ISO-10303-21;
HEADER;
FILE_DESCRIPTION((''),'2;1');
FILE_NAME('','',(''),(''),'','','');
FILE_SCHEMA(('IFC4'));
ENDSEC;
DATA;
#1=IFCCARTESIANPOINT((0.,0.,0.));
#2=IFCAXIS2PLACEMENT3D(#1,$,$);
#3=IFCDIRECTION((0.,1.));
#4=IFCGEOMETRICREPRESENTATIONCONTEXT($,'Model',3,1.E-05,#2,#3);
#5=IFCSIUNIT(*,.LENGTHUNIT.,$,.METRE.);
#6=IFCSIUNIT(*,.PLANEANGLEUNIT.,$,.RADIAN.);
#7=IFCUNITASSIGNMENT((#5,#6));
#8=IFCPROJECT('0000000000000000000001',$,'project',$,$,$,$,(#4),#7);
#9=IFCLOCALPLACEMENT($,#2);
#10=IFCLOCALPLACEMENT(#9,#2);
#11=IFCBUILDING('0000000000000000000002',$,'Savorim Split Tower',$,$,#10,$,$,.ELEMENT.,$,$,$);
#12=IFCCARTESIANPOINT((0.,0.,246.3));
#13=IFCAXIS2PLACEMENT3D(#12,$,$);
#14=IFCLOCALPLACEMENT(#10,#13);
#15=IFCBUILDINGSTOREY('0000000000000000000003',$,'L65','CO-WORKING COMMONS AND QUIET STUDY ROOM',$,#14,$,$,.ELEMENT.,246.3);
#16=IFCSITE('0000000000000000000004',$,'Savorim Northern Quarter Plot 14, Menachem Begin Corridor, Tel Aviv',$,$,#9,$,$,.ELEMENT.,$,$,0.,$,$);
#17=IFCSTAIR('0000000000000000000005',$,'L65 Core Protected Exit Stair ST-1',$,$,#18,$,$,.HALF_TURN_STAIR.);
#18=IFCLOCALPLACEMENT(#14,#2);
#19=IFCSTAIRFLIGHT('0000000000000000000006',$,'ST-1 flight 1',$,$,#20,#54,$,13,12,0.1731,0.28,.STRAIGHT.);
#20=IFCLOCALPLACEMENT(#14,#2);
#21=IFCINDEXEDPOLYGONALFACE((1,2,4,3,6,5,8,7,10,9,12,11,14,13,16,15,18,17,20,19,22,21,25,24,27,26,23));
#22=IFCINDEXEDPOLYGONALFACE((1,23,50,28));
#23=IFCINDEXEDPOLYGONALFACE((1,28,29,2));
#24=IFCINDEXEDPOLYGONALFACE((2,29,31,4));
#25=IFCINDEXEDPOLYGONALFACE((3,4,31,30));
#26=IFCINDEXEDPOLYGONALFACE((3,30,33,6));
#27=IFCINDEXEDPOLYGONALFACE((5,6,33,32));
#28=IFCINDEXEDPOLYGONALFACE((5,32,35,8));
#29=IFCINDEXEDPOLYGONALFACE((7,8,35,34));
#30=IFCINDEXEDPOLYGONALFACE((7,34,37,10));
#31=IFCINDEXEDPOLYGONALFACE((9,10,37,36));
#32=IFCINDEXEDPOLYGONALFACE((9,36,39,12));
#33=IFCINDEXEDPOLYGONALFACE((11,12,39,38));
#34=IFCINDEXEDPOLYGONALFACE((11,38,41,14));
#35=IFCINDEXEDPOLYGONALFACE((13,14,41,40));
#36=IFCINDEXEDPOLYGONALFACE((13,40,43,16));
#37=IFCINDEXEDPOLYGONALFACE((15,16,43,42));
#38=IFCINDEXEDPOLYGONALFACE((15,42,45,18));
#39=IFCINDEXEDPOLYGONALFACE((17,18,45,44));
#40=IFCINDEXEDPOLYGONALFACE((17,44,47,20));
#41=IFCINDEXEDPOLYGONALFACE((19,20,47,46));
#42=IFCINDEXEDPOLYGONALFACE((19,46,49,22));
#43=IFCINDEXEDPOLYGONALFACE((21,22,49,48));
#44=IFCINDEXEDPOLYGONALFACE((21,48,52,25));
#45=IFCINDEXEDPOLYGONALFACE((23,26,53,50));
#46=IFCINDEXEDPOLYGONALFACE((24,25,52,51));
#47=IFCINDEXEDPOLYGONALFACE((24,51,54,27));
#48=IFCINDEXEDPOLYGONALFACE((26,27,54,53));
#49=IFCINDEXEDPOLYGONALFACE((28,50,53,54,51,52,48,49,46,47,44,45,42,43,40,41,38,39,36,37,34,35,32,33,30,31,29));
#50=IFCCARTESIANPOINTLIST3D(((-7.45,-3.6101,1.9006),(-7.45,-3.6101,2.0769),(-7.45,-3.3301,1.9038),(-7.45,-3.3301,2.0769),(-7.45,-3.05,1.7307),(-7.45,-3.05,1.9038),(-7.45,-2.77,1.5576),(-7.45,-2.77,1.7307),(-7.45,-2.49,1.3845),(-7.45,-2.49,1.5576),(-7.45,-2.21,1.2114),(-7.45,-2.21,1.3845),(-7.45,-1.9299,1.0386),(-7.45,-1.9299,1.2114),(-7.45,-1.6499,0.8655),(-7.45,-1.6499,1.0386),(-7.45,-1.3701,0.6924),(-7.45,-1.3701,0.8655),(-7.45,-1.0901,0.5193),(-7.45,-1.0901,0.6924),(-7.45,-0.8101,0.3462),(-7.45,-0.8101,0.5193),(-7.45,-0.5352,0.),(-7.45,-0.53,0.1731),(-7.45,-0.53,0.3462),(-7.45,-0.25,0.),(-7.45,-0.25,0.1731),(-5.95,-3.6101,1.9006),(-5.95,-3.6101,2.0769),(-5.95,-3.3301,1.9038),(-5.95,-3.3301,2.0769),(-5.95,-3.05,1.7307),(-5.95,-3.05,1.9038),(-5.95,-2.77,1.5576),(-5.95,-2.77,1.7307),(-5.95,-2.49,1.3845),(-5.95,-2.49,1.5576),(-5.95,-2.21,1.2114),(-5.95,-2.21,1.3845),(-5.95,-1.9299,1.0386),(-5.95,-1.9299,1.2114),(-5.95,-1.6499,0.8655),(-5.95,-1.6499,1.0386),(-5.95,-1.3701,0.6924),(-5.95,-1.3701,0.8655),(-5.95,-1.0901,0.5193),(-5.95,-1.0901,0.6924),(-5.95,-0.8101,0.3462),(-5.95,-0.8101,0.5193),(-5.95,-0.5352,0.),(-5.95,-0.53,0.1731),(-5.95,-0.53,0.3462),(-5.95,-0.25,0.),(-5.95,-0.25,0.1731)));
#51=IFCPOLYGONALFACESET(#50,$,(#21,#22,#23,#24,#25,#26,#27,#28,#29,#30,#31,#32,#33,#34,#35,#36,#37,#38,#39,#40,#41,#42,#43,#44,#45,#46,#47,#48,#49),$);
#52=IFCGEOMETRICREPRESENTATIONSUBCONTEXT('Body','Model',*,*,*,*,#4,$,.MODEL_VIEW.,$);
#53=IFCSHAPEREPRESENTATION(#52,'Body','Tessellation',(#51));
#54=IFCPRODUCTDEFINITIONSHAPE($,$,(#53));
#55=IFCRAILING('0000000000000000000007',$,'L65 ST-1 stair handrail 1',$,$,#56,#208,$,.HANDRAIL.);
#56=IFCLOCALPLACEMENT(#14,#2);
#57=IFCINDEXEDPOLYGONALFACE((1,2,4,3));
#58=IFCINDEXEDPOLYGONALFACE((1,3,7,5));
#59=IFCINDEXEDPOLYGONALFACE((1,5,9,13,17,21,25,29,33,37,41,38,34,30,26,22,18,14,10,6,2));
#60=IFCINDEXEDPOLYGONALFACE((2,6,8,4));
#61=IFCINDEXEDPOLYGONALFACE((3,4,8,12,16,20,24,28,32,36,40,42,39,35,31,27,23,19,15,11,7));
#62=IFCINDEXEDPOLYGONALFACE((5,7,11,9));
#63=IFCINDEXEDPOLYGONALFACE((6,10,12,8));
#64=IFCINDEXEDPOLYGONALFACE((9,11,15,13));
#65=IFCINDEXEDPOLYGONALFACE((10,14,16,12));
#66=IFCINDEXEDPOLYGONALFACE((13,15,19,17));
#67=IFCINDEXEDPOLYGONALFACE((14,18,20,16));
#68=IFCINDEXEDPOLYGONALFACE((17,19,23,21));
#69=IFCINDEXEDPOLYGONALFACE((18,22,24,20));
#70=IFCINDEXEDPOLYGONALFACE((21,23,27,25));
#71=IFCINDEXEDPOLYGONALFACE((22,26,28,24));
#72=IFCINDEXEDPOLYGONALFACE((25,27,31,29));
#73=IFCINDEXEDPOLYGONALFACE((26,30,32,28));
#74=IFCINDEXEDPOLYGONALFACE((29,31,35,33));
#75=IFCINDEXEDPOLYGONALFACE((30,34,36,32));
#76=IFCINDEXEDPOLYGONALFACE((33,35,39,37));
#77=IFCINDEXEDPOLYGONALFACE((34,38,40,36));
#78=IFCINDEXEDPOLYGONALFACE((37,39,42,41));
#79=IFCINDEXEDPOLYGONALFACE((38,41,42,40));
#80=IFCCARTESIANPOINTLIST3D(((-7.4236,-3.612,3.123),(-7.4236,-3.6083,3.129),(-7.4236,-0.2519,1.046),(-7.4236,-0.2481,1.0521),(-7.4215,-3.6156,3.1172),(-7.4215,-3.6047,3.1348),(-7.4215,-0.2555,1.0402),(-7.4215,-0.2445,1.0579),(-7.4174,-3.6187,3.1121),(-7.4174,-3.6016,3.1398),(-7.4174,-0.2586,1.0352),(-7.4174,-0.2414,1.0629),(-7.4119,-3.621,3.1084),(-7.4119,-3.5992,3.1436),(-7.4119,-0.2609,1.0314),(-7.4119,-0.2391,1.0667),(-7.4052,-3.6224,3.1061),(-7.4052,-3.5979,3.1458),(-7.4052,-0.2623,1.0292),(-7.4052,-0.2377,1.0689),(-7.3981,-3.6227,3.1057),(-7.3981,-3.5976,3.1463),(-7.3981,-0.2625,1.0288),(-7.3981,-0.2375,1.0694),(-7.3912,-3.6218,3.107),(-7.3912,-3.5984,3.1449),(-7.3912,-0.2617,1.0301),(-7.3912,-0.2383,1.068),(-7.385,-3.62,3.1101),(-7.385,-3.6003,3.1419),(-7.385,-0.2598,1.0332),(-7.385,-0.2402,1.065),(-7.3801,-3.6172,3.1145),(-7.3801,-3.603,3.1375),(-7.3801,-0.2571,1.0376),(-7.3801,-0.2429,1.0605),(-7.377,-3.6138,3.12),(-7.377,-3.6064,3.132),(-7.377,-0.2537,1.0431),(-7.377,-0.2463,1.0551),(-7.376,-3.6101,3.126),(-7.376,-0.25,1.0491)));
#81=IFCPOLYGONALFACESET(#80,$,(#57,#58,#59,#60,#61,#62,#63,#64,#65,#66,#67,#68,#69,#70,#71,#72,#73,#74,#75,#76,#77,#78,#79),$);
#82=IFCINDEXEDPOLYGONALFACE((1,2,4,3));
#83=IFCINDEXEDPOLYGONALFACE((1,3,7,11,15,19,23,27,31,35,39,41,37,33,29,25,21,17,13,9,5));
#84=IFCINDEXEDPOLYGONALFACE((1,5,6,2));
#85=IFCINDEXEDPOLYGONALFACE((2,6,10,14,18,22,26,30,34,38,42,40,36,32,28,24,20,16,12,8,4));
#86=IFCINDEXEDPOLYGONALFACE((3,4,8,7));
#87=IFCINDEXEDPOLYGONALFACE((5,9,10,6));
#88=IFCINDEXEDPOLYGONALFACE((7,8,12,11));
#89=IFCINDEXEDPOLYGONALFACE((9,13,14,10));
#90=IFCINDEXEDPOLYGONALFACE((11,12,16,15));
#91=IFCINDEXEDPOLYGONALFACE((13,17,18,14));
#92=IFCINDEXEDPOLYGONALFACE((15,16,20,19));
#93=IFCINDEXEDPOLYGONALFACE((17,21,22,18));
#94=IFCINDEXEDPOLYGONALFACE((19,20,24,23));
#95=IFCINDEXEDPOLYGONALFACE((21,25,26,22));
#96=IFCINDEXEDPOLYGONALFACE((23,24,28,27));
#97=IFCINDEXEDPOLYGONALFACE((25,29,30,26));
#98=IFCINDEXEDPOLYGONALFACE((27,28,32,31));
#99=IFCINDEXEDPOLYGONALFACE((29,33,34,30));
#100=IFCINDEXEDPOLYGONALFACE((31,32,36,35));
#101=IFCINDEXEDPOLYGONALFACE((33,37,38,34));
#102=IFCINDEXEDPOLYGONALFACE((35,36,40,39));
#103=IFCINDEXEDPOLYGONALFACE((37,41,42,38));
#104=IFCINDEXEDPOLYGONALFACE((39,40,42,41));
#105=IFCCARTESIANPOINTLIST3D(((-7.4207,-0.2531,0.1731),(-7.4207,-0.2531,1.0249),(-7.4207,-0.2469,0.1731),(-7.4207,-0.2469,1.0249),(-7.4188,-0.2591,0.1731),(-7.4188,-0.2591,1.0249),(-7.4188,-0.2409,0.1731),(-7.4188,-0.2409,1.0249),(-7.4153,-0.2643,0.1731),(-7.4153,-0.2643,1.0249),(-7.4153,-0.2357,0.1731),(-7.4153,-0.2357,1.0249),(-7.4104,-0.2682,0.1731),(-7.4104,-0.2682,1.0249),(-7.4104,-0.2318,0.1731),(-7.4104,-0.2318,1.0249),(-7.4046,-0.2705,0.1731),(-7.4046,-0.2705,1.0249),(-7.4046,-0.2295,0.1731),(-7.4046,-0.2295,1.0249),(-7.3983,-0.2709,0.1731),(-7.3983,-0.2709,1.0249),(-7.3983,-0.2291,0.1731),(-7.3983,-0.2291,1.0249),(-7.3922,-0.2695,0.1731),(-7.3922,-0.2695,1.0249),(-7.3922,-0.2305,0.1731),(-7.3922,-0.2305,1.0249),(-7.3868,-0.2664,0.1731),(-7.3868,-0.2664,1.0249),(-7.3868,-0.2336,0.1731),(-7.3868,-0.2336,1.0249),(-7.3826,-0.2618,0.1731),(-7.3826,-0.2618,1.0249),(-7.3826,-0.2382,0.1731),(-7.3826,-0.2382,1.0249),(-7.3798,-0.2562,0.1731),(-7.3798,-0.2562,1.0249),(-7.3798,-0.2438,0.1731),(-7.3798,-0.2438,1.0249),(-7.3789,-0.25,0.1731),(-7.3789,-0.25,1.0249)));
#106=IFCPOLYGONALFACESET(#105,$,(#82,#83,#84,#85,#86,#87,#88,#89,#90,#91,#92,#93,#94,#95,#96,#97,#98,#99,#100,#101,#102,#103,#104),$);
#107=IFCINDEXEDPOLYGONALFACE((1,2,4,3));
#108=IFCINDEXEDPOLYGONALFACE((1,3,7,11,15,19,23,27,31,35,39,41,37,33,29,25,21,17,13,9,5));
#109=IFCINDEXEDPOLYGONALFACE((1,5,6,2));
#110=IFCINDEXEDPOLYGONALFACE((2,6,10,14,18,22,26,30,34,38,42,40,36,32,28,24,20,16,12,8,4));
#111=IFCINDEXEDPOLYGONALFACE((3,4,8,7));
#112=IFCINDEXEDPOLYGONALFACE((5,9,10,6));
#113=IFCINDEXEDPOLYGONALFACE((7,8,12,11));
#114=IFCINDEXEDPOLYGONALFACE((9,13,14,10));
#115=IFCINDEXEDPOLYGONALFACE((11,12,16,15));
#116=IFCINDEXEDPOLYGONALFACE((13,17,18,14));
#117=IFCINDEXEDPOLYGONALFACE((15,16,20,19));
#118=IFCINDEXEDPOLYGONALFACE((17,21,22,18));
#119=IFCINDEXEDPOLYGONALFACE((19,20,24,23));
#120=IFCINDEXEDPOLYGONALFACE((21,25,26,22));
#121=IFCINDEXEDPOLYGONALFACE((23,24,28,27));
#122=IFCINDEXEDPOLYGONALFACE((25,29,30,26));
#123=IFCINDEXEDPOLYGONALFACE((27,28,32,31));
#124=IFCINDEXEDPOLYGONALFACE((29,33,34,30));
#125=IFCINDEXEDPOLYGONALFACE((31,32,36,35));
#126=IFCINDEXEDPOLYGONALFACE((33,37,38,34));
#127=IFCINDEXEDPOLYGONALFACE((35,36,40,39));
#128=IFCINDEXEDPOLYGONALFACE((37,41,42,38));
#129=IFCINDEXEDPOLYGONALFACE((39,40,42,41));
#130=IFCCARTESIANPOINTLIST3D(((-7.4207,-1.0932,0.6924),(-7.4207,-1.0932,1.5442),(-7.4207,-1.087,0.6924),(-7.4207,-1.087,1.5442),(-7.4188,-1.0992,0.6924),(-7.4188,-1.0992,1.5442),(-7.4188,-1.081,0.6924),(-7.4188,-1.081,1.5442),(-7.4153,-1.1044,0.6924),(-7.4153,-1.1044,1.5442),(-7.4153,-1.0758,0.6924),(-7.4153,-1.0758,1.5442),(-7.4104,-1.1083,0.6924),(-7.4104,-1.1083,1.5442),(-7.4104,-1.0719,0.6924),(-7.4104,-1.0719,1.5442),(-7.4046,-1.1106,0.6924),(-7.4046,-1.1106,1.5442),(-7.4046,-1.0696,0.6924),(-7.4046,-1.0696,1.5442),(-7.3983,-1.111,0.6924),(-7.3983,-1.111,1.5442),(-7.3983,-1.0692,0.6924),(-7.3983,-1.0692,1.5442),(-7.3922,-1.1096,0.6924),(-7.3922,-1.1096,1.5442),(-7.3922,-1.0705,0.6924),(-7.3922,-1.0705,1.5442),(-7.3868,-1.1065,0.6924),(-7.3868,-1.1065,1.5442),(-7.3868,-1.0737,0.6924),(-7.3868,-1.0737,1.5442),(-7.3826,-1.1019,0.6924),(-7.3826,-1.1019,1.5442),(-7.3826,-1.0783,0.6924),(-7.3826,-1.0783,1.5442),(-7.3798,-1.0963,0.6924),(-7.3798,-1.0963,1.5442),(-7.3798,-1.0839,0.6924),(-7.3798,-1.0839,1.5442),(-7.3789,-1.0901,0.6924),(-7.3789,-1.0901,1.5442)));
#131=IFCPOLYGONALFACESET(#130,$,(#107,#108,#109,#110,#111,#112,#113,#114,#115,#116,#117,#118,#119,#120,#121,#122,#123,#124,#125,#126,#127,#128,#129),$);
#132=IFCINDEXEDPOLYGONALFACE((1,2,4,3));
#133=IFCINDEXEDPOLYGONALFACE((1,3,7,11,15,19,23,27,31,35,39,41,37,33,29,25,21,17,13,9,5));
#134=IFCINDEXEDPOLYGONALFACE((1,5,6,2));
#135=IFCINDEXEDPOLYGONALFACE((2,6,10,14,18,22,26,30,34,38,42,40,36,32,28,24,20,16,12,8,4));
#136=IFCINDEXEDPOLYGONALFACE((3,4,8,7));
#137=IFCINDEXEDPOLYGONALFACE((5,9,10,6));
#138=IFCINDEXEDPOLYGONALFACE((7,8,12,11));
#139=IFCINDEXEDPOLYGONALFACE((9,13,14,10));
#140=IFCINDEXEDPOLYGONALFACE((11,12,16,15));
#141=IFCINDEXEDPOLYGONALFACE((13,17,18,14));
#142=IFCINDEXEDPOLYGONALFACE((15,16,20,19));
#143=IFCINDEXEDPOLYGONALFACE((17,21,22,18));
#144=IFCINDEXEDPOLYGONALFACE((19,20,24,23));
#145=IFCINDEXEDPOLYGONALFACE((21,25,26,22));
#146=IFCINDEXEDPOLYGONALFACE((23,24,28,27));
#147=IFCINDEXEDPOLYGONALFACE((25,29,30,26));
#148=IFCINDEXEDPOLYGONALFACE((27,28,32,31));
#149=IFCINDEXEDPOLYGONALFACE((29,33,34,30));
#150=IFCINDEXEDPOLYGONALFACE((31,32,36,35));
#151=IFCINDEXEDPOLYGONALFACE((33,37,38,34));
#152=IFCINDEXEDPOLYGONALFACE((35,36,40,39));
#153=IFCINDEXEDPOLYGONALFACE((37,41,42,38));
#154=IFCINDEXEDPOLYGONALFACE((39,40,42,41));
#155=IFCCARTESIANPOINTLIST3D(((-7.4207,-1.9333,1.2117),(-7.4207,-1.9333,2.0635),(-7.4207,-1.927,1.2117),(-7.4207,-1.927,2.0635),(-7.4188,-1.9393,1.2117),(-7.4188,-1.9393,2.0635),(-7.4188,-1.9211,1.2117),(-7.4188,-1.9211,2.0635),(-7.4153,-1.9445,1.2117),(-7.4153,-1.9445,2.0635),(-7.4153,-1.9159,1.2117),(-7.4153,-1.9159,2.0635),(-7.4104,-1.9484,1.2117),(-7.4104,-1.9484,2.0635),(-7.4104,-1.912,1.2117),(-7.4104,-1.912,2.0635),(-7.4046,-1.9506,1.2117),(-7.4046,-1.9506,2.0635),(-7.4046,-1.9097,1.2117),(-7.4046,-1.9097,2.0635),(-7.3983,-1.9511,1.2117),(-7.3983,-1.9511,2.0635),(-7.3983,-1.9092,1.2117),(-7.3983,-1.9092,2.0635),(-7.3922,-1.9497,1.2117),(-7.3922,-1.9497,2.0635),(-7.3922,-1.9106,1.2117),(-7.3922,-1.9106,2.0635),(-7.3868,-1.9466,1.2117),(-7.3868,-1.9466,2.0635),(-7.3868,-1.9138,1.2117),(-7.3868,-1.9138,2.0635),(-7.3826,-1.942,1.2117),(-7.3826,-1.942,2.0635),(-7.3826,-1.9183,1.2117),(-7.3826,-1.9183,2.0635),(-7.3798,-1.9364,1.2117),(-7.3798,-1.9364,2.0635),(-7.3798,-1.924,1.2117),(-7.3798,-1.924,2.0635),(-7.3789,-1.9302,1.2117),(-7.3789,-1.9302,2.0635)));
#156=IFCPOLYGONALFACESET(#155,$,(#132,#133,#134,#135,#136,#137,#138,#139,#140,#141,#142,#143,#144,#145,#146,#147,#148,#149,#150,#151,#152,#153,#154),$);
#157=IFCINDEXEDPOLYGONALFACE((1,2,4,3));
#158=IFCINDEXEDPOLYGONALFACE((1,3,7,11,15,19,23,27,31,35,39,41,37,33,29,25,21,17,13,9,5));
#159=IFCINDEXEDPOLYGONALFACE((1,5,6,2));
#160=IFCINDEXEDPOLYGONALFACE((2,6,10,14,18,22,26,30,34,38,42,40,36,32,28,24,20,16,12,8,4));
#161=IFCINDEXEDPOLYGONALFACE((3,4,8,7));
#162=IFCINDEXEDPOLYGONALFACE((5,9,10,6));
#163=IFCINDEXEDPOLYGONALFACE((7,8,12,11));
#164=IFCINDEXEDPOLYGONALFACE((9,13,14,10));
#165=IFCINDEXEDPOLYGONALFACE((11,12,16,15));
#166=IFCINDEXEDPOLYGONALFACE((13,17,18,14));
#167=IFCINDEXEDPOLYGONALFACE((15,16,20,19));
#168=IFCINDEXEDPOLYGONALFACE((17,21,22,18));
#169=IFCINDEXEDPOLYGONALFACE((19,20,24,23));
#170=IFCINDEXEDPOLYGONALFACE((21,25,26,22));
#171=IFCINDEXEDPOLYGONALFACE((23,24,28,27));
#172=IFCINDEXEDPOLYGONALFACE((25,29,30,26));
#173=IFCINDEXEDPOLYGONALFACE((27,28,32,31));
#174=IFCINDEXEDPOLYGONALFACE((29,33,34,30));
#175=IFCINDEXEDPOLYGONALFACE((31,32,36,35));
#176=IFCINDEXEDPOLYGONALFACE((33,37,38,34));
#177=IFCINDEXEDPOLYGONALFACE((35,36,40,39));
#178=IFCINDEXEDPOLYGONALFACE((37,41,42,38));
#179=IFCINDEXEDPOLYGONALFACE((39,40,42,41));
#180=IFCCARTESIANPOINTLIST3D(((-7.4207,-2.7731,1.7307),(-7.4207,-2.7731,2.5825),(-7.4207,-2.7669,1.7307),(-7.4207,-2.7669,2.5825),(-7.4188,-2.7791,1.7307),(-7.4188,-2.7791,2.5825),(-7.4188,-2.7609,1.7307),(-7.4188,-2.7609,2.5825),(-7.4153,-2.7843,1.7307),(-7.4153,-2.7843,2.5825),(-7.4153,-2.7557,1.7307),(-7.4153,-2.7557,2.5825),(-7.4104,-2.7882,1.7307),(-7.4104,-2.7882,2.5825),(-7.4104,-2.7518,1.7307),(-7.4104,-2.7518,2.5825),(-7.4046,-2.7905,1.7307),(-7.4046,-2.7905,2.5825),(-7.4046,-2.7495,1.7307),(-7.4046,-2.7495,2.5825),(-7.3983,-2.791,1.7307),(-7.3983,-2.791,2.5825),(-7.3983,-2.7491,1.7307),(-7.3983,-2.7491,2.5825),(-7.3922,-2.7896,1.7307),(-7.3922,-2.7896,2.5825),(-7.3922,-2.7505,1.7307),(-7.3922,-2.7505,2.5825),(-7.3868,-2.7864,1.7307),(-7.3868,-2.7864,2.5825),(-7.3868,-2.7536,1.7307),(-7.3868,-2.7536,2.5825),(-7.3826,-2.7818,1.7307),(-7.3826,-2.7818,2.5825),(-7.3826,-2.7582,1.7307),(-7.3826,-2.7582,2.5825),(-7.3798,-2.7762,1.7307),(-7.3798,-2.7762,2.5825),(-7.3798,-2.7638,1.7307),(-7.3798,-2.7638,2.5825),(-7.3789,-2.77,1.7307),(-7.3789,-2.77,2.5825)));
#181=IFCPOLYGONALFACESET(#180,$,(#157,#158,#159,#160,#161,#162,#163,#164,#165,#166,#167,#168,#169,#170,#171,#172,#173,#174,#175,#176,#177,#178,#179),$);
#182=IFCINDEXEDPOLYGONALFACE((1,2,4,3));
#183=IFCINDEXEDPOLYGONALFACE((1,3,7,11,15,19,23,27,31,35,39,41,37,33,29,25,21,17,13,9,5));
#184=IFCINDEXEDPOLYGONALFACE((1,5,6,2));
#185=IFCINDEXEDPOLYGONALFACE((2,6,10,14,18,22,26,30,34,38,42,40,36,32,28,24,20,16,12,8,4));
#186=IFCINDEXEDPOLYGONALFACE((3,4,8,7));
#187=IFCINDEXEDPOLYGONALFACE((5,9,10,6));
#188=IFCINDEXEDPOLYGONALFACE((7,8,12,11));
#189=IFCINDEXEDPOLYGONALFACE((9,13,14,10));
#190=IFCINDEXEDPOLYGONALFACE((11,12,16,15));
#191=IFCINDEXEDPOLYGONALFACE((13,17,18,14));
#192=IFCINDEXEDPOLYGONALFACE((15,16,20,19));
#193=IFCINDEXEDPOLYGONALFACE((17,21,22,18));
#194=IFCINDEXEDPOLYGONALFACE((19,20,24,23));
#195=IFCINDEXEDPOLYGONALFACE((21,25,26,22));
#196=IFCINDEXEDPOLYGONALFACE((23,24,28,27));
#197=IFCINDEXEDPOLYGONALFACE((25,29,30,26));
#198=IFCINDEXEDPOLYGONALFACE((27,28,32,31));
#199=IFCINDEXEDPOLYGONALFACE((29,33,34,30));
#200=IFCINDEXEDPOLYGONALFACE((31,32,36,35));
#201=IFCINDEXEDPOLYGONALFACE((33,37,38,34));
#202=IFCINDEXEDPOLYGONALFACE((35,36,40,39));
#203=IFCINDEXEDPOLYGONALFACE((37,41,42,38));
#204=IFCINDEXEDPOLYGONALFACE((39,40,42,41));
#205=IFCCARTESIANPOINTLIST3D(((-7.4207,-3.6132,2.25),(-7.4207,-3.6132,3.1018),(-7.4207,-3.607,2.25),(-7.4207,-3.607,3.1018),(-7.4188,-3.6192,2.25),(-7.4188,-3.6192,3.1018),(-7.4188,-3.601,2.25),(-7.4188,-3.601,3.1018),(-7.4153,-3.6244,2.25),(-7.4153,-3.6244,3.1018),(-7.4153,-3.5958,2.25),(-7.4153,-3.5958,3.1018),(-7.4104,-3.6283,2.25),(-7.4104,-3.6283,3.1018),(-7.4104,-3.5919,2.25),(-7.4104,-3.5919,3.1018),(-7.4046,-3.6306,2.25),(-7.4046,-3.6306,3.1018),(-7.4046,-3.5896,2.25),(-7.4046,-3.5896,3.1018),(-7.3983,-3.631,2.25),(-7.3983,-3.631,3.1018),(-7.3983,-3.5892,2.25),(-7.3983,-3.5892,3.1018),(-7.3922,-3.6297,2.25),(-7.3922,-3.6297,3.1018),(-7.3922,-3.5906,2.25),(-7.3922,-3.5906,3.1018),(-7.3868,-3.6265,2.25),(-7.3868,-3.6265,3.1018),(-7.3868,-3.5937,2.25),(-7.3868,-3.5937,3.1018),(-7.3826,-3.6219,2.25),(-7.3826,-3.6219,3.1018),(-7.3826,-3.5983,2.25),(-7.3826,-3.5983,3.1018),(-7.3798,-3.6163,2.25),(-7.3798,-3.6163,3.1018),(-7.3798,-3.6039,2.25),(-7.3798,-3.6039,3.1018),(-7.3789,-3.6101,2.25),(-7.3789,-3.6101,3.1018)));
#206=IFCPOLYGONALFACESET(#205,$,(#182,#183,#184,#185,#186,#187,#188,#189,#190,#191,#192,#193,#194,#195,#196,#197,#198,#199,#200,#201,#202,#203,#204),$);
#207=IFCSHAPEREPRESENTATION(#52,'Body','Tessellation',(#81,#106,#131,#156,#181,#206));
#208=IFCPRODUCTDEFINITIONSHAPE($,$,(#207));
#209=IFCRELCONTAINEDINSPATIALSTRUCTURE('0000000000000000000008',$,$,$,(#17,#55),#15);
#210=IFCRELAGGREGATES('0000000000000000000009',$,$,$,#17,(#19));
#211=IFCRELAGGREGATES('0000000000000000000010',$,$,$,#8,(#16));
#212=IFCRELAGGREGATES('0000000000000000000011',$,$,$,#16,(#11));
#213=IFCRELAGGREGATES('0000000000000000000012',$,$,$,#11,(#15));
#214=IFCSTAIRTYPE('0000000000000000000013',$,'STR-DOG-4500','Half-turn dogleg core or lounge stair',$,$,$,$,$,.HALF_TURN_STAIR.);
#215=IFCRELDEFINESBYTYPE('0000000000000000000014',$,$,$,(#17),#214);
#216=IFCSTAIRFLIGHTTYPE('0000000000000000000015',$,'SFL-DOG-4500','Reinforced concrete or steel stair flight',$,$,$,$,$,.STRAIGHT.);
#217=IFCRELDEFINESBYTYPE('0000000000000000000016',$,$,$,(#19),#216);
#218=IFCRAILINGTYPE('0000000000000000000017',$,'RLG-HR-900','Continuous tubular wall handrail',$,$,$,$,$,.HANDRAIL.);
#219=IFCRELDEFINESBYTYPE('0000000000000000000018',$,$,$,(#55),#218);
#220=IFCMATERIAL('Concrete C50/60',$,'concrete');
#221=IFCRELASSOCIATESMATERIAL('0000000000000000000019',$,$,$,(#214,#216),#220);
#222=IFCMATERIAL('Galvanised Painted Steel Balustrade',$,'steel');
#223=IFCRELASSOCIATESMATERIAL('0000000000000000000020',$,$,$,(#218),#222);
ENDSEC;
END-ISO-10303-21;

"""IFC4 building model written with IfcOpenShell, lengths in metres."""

from ifc_helpers import new_model, si_unit, direction, frame, origin, origin_2d, place, context, subcontext, project, spatial, polyline, circle, outline, extrude, material, type_object, element, aggregate, save


model = new_model("IFC4")

# Units and contexts
model_context = context("Model", 3, precision=1e-05, world=origin(), true_north=direction((0.0, 1.0)))
body_context = subcontext(model_context, "Body", "Model", "MODEL_VIEW")
ifc_project = project(units=[si_unit("LENGTHUNIT", "METRE"), si_unit("PLANEANGLEUNIT", "RADIAN")], contexts=[model_context])

# Site, building, storey
site_placement = place(None, origin())
site = spatial("IfcSite", under=ifc_project, at=site_placement, Name="Savorim Northern Quarter Plot 14, Menachem Begin Corridor, Tel Aviv", CompositionType="ELEMENT", RefElevation=0.0)
building_placement = place(site_placement, origin())
building = spatial("IfcBuilding", under=site, at=building_placement, Name="Savorim Split Tower", CompositionType="ELEMENT")
storey_placement = place(building_placement, frame((0.0, 0.0, 246.3)))
storey = spatial("IfcBuildingStorey", under=building, at=storey_placement, Name="L65", Description="CO-WORKING COMMONS AND QUIET STUDY ROOM", CompositionType="ELEMENT", Elevation=246.3)

# Shared definitions
ifc_material_1 = material(Name="Concrete C50/60", Category="concrete")

# Stair, stair flight
stair_type = type_object("IfcStairType", Name="STR-DOG-4500", Description="Half-turn dogleg core or lounge stair", PredefinedType="HALF_TURN_STAIR", material=ifc_material_1)
stair_placement = place(storey_placement, origin())
stair = element("IfcStair", 1, at=stair_placement, inside=storey, type_object=stair_type, Name="L65 Core Protected Exit Stair ST-1", PredefinedType="HALF_TURN_STAIR")
stair_flight_type = type_object("IfcStairFlightType", Name="SFL-DOG-4500", Description="Reinforced concrete or steel stair flight", PredefinedType="STRAIGHT", material=ifc_material_1)
stair_flight_placement = place(storey_placement, frame((-6.7, -0.25, 0.0), z_axis=(0.0, 0.0, 1.0), x_axis=(0.0, -1.0, 0.0)))
stair_flight = element("IfcStairFlight", 2, at=stair_flight_placement, type_object=stair_flight_type, Name="ST-1 flight 1", NumberOfRisers=13, NumberOfTreads=12, PredefinedType="STRAIGHT", RiserHeight=0.1731, TreadLength=0.28, context=body_context, shape_type="SweptSolid", body=[
    extrude(outline(polyline([(0.0, 0.0), (0.0, 0.1731), (0.28, 0.1731), (0.28, 0.3462), (0.5601, 0.3462), (0.5601, 0.5193), (0.8401, 0.5193), (0.8401, 0.6924), (1.1201, 0.6924), (1.1201, 0.8655), (1.3999, 0.8655), (1.3999, 1.0386), (1.6799, 1.0386), (1.6799, 1.2114), (1.96, 1.2114), (1.96, 1.3845), (2.24, 1.3845), (2.24, 1.5576), (2.52, 1.5576), (2.52, 1.7307), (2.8, 1.7307), (2.8, 1.9038), (3.0801, 1.9038), (3.0801, 2.0769), (3.3601, 2.0769), (3.3601, 2.25), (3.3601, 1.9006), (0.2852, 0.0), (0.0, 0.0)])), frame((0.0, 0.75, 0.0), z_axis=(0.0, -1.0, 0.0), x_axis=(1.0, 0.0, 0.0)), (0.0, 0.0, 1.0), 1.5),
])
aggregate(stair, [stair_flight])

# Railing
ifc_material_2 = material(Name="Galvanised Painted Steel Balustrade", Category="steel")
railing_type_1 = type_object("IfcRailingType", Name="RLG-HR-900", Description="Continuous tubular wall handrail", PredefinedType="HANDRAIL", material=ifc_material_2)
railing_1_placement = place(storey_placement, frame((-7.3999, -0.25, 0.1731)))
element("IfcRailing", 3, at=railing_1_placement, inside=storey, type_object=railing_type_1, Name="L65 ST-1 stair handrail 1", PredefinedType="HANDRAIL", context=body_context, shape_type="SweptSolid", body=[
    extrude(circle(Radius=0.0239, at=origin_2d()), frame((0.0, 0.0, 0.876), z_axis=(0.0, -0.850623, 0.525776), x_axis=(1.0, 0.0, 0.0)), (0.0, 0.0, 1.0), 3.9502),
    extrude(circle(Radius=0.021, at=origin_2d()), origin(), (0.0, 0.0, 1.0), 0.8518),
    extrude(circle(Radius=0.021, at=origin_2d()), frame((0.0, -0.8401, 0.5193)), (0.0, 0.0, 1.0), 0.8518),
    extrude(circle(Radius=0.021, at=origin_2d()), frame((0.0, -1.6802, 1.0386)), (0.0, 0.0, 1.0), 0.8518),
    extrude(circle(Radius=0.021, at=origin_2d()), frame((0.0, -2.52, 1.5576)), (0.0, 0.0, 1.0), 0.8518),
    extrude(circle(Radius=0.021, at=origin_2d()), frame((0.0, -3.3601, 2.0769)), (0.0, 0.0, 1.0), 0.8518),
])

save(model, "model.ifc")
